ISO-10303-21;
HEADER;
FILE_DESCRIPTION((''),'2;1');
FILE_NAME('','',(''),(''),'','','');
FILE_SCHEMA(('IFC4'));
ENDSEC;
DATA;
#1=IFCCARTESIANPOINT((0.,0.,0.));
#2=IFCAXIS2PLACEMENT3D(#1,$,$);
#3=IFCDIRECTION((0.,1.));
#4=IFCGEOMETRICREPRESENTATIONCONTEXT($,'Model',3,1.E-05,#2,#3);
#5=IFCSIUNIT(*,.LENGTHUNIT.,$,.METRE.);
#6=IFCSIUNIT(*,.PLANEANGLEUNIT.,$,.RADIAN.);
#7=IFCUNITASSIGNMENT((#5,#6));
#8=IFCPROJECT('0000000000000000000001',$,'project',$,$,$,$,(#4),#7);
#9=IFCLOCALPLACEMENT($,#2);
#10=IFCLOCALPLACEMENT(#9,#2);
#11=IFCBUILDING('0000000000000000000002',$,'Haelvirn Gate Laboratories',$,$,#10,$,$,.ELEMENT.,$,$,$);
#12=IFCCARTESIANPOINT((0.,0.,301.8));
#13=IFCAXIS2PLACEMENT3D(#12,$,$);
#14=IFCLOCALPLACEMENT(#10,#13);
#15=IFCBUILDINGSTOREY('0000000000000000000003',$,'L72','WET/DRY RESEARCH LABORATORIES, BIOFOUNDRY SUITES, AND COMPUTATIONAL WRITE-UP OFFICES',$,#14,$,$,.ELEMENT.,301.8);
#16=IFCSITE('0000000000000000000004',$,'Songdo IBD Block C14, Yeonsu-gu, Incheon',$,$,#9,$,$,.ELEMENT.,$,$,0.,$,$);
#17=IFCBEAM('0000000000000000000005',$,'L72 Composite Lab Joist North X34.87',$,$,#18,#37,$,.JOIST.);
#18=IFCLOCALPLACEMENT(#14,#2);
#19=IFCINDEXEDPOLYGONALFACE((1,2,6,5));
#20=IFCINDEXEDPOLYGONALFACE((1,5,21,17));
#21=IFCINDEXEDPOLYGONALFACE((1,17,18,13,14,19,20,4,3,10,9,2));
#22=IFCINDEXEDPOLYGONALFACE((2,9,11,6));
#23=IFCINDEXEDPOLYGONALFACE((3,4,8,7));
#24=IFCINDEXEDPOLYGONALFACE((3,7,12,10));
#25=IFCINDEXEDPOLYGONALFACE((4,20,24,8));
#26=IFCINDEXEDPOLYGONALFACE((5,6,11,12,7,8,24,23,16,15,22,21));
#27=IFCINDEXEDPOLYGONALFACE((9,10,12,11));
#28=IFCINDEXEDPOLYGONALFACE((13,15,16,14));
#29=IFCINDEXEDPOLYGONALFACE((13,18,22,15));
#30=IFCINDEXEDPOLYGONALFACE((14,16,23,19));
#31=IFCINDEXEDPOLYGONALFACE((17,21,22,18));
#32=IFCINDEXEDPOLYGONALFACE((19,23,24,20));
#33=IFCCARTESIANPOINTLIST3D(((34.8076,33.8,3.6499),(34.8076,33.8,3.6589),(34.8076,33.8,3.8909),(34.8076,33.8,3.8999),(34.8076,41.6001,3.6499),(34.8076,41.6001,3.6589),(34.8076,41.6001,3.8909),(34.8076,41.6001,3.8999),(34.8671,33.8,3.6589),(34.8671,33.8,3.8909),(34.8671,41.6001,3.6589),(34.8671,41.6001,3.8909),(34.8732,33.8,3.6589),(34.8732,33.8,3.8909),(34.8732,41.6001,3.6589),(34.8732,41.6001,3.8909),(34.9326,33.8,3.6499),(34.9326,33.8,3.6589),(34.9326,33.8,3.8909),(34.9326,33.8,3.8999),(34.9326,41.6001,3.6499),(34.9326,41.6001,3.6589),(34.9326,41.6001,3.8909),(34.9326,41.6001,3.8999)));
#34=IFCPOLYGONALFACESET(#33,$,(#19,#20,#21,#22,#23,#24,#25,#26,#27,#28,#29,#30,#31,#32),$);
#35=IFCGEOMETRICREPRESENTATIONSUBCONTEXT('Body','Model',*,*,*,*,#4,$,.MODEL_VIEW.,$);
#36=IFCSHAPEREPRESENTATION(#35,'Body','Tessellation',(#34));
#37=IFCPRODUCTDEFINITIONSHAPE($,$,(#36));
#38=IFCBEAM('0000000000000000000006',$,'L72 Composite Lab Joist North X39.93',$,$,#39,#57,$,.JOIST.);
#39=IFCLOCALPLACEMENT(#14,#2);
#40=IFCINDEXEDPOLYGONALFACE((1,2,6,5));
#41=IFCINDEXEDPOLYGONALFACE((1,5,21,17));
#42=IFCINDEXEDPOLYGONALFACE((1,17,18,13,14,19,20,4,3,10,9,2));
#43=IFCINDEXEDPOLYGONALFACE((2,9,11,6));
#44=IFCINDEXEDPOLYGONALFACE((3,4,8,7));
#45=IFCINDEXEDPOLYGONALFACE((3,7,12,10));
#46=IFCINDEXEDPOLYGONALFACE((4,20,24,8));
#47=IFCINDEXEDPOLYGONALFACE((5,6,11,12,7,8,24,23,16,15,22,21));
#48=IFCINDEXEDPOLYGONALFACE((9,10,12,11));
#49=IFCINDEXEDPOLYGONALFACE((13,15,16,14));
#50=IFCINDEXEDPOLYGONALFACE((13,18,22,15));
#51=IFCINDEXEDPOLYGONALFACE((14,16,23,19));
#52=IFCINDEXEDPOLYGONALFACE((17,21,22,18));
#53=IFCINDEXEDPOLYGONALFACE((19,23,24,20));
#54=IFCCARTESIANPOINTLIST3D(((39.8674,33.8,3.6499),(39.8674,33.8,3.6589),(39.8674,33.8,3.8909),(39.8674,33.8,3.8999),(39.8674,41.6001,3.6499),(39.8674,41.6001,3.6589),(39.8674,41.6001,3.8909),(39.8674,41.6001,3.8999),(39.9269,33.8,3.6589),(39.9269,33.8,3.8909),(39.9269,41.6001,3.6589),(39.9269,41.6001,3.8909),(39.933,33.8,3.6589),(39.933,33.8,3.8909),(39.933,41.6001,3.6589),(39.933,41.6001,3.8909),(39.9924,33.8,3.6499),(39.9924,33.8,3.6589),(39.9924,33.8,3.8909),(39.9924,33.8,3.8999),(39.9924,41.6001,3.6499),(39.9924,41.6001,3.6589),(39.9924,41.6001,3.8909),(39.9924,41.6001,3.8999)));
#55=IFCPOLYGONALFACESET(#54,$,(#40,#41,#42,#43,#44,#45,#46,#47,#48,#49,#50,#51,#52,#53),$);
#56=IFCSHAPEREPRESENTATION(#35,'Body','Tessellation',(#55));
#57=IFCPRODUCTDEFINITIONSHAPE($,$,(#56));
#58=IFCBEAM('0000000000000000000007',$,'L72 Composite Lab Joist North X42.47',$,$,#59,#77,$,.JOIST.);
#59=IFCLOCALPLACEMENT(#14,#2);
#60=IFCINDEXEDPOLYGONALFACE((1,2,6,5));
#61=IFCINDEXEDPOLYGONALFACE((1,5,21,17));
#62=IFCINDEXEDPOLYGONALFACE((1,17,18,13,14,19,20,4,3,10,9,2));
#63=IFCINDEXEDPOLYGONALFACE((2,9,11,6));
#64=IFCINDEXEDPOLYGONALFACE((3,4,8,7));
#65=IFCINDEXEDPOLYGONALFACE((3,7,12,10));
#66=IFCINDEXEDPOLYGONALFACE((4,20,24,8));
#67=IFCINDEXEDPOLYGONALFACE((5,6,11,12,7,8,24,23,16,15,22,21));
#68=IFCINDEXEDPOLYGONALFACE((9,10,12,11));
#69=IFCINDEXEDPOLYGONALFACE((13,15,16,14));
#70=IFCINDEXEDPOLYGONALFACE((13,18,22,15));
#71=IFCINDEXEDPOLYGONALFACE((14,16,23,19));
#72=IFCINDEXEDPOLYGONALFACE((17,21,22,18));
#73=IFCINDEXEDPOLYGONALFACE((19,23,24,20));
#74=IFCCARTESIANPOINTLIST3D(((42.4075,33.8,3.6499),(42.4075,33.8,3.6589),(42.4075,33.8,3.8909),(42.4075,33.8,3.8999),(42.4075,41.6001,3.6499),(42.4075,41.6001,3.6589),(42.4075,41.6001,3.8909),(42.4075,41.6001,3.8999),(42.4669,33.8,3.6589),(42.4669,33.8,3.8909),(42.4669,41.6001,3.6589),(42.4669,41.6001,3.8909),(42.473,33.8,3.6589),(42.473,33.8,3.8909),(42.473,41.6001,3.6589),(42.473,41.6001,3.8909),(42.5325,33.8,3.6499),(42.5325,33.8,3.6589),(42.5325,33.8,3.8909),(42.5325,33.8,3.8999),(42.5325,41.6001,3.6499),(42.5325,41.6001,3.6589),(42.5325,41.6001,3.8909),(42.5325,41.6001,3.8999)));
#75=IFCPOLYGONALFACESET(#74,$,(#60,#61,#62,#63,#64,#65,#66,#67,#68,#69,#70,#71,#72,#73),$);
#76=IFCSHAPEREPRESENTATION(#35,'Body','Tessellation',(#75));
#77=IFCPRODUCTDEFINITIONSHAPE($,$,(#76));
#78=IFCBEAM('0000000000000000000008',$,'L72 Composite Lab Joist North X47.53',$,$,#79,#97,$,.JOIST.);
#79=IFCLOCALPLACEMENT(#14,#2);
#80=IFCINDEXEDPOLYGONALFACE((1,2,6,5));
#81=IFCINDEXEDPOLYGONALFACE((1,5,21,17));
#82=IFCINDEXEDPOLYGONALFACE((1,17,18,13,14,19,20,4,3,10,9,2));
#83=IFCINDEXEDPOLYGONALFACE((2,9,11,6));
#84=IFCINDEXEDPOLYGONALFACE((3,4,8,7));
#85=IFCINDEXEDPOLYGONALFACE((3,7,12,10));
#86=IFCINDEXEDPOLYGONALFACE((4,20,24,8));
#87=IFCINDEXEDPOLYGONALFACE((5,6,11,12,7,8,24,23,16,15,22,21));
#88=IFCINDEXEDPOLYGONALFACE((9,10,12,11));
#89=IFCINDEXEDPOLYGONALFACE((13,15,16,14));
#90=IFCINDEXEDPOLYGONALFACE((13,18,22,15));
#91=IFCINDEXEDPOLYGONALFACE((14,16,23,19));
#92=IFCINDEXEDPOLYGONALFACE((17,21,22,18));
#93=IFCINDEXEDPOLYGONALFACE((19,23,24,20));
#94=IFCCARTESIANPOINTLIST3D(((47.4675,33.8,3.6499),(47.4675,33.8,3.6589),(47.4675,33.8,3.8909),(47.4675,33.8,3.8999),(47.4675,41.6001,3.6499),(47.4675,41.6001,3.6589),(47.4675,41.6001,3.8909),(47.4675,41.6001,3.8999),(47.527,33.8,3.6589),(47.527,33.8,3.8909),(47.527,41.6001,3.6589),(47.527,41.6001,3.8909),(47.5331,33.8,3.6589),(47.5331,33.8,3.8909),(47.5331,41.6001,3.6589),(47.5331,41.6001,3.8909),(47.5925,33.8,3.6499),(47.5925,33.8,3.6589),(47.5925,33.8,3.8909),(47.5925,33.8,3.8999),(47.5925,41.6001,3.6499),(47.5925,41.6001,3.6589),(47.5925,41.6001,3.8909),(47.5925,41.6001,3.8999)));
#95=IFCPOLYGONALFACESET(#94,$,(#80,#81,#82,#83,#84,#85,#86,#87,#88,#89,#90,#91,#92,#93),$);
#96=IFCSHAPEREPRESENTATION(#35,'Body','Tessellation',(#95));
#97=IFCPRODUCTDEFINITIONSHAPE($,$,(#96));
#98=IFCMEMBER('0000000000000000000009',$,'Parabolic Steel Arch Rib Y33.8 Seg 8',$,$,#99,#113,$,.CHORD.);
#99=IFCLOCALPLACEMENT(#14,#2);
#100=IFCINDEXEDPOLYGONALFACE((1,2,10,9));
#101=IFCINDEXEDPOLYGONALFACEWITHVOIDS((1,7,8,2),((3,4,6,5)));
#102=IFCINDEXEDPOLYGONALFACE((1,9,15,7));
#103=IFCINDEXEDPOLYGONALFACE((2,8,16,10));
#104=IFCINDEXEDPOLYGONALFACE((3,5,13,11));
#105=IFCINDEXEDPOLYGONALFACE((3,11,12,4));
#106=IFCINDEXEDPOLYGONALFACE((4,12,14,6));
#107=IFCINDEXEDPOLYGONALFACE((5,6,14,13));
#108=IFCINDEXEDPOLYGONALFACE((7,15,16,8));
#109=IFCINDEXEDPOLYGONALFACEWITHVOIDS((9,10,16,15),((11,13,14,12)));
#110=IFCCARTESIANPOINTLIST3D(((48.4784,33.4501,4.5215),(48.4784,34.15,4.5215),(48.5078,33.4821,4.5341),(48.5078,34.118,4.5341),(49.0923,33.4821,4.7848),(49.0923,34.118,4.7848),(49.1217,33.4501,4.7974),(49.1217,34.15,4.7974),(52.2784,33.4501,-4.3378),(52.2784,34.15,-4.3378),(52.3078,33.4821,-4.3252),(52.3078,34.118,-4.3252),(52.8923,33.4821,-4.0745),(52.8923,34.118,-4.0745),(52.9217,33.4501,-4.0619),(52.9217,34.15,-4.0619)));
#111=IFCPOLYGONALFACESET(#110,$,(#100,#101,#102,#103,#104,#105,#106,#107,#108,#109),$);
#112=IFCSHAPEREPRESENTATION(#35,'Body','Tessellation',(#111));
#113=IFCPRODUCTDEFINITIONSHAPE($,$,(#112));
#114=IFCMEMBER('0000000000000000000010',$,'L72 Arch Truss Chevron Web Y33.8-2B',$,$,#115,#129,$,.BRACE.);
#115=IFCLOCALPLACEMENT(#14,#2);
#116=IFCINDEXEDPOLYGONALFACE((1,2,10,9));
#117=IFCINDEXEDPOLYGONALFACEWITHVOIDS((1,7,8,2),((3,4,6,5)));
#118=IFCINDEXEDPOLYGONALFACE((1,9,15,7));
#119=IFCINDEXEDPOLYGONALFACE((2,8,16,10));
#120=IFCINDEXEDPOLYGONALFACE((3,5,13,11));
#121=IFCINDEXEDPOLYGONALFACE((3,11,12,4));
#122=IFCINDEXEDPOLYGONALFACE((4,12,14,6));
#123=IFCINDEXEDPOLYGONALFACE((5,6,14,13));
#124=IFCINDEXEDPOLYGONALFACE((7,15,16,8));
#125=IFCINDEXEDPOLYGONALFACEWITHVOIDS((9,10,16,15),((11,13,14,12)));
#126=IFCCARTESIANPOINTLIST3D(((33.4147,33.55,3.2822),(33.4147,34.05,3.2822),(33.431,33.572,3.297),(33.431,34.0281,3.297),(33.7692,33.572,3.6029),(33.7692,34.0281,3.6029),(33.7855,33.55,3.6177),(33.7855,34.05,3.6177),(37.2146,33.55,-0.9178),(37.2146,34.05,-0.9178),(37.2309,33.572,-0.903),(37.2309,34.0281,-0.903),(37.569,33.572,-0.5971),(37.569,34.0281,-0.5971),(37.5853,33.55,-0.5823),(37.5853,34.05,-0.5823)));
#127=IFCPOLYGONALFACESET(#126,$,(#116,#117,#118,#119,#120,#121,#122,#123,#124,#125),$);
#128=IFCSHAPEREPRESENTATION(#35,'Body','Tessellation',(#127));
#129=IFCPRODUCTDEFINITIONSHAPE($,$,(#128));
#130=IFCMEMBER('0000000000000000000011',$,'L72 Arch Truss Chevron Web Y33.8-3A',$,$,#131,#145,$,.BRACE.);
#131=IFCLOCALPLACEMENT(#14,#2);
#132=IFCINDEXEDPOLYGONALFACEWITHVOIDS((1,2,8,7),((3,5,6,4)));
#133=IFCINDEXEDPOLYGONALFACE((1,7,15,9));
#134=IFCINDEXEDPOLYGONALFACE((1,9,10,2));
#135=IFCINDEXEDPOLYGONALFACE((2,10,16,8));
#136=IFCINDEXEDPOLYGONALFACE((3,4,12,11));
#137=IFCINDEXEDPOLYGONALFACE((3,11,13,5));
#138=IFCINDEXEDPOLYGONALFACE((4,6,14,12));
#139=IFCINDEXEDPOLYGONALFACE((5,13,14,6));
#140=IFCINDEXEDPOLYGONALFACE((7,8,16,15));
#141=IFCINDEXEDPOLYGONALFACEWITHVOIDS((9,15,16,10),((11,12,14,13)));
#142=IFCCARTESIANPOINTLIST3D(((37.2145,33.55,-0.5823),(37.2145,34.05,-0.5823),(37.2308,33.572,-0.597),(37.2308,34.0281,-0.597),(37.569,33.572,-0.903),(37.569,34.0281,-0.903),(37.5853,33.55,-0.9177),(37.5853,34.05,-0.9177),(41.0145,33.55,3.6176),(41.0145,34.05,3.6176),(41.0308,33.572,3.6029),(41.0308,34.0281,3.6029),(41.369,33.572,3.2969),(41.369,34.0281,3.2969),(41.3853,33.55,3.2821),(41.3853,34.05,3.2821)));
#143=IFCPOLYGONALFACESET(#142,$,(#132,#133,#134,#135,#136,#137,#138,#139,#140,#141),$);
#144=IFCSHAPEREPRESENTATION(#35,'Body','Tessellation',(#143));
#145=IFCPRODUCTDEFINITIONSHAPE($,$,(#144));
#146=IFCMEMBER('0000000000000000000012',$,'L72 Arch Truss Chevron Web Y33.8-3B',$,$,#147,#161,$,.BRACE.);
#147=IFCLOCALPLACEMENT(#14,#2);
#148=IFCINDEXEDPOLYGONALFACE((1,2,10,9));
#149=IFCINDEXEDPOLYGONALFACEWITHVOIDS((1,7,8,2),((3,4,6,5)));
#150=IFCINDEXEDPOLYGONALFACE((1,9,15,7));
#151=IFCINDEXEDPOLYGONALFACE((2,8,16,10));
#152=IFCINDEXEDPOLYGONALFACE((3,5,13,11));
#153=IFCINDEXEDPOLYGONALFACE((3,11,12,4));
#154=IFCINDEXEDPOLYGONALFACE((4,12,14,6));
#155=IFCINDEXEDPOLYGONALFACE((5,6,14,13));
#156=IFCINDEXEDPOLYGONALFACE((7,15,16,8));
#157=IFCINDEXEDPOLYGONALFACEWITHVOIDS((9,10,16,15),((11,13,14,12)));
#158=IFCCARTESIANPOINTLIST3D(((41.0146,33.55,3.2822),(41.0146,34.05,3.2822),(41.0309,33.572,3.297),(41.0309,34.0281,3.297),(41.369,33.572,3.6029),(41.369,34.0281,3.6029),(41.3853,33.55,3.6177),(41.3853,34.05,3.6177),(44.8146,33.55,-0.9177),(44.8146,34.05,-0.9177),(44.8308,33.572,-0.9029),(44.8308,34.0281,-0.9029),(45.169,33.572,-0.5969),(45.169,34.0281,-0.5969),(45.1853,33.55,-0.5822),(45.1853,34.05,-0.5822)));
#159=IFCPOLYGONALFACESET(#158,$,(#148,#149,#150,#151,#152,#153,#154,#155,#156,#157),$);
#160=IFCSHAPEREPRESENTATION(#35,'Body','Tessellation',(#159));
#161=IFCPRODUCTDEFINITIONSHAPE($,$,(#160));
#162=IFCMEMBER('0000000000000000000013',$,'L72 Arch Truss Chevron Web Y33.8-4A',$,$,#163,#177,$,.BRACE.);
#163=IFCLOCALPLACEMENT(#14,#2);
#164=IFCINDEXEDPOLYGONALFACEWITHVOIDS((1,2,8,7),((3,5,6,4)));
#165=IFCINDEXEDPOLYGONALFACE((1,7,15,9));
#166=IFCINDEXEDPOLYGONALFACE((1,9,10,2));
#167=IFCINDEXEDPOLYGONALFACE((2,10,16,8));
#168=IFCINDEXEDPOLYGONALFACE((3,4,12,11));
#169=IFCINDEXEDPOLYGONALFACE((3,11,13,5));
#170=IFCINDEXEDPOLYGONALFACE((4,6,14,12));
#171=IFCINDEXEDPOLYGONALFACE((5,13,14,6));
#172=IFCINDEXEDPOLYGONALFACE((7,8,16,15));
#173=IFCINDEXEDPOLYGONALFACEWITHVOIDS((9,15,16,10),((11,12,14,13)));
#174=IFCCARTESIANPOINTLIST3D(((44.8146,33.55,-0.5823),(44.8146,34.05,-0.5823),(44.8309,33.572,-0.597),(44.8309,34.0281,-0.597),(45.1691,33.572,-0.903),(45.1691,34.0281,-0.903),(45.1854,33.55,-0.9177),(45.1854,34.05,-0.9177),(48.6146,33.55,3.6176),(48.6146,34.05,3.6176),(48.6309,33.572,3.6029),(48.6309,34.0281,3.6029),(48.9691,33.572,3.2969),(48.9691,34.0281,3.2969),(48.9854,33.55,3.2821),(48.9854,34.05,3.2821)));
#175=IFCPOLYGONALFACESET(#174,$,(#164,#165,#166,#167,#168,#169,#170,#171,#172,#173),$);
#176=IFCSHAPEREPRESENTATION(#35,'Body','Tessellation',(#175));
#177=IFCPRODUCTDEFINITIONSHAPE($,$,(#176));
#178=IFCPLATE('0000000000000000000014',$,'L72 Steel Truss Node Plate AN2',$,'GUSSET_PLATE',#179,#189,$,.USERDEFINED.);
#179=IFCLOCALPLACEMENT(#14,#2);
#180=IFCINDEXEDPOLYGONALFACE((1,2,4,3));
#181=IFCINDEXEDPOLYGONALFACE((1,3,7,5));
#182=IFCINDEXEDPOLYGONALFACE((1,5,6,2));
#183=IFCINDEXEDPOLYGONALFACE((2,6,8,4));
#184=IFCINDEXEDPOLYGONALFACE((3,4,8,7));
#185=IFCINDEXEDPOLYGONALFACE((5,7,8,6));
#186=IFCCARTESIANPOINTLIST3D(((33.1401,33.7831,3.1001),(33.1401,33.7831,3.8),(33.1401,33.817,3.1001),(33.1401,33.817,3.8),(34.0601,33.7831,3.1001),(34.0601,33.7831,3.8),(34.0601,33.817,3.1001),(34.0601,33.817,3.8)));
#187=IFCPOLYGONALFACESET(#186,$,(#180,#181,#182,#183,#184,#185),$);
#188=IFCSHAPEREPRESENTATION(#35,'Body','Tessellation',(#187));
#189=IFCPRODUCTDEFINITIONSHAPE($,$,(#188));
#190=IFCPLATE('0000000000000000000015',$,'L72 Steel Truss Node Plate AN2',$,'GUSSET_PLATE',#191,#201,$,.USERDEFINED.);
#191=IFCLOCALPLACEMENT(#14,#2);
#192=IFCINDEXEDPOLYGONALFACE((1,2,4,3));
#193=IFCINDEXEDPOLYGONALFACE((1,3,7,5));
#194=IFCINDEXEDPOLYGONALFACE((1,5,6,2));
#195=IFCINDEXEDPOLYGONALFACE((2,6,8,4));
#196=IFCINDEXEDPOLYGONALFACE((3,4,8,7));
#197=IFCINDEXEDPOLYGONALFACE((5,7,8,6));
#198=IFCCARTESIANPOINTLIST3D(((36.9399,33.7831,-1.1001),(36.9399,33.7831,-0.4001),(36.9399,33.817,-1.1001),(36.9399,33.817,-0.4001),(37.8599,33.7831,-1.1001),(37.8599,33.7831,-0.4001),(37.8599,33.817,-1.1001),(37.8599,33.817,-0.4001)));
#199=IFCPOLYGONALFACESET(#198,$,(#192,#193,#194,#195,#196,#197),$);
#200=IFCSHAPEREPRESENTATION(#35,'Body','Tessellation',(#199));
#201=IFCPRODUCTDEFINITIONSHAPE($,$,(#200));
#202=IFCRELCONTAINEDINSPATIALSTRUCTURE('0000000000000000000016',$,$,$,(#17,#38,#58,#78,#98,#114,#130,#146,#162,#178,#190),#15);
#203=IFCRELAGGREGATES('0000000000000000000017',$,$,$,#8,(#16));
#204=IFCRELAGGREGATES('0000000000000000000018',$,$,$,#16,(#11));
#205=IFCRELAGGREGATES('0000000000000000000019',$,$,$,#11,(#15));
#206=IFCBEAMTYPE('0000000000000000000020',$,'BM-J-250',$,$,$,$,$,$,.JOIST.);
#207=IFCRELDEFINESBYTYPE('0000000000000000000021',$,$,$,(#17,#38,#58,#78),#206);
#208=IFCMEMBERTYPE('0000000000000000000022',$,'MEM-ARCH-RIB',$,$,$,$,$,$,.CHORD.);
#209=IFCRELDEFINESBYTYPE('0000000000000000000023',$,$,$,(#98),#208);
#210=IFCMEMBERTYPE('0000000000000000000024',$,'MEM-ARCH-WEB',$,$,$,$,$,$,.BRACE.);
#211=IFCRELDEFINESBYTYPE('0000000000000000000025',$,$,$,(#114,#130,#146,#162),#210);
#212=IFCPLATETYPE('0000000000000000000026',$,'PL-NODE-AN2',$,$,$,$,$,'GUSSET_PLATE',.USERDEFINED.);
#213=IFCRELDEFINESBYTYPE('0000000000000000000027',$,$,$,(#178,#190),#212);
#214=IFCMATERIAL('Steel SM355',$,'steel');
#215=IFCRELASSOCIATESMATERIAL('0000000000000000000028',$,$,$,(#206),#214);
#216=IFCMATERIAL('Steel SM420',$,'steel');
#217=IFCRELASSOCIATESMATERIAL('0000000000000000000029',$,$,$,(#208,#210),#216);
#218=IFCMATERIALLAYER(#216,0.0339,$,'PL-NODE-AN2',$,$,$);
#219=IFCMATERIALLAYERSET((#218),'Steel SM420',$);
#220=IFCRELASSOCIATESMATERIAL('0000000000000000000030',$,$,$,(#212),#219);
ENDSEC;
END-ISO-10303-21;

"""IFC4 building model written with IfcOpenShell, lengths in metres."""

from ifc_helpers import new_model, si_unit, direction, frame, origin, origin_2d, place, context, subcontext, project, spatial, rectangle, hollow_rectangle, i_section, extrude, source, transform, mapped, material, layer, layer_set, material_profile, profile_set, type_object, type_shapes, element, save


model = new_model("IFC4")

# Units and contexts
model_context = context("Model", 3, precision=1e-05, world=origin(), true_north=direction((0.0, 1.0)))
body_context = subcontext(model_context, "Body", "Model", "MODEL_VIEW")
ifc_project = project(units=[si_unit("LENGTHUNIT", "METRE"), si_unit("PLANEANGLEUNIT", "RADIAN")], contexts=[model_context])

# Site, building, storey
site_placement = place(None, origin())
site = spatial("IfcSite", under=ifc_project, at=site_placement, Name="Songdo IBD Block C14, Yeonsu-gu, Incheon", CompositionType="ELEMENT", RefElevation=0.0)
building_placement = place(site_placement, origin())
building = spatial("IfcBuilding", under=site, at=building_placement, Name="Haelvirn Gate Laboratories", CompositionType="ELEMENT")
storey_placement = place(building_placement, frame((0.0, 0.0, 301.8)))
storey = spatial("IfcBuildingStorey", under=building, at=storey_placement, Name="L72", Description="WET/DRY RESEARCH LABORATORIES, BIOFOUNDRY SUITES, AND COMPUTATIONAL WRITE-UP OFFICES", CompositionType="ELEMENT", Elevation=301.8)

# Shared definitions
ifc_material_1 = material(Name="Steel SM355", Category="steel")

# Beams
ifc_material_2 = material(Name="Steel SM420", Category="steel")
ifc_material_profile_1 = material_profile(ifc_material_1, i_section(OverallWidth=0.125, OverallDepth=0.25, WebThickness=0.0061, FlangeThickness=0.009, at=origin_2d()), Name="H-250x125x6x9")
ifc_profile_set_1 = profile_set([ifc_material_profile_1], Name="Steel SM355")
beam_type_1 = type_object("IfcBeamType", Name="BM-J-250", PredefinedType="JOIST", material=ifc_profile_set_1)
shared_shape_1 = source(origin(), body_context, "Body", "SweptSolid", [
    extrude(i_section(OverallWidth=0.125, OverallDepth=0.25, WebThickness=0.0061, FlangeThickness=0.009, at=origin_2d()), origin(), (0.0, 0.0, 1.0), 7.8),
])
type_shapes(beam_type_1, [shared_shape_1])
for number, where, z_axis, x_axis, name in (
    (1, (34.8701, 33.8, 3.7749), (0.0, 1.0, 0.0), (-1.0, 0.0, 0.0), "L72 Composite Lab Joist North X34.87"),
    (2, (39.9299, 33.8, 3.7749), (0.0, 1.0, 0.0), (-1.0, 0.0, 0.0), "L72 Composite Lab Joist North X39.93"),
    (3, (42.47, 33.8, 3.7749), (0.0, 1.0, 0.0), (-1.0, 0.0, 0.0), "L72 Composite Lab Joist North X42.47"),
    (4, (47.53, 33.8, 3.7749), (0.0, 1.0, 0.0), (-1.0, 0.0, 0.0), "L72 Composite Lab Joist North X47.53"),
):
    element("IfcBeam", number, at=place(storey_placement, frame(where, z_axis=z_axis, x_axis=x_axis)), inside=storey, type_object=beam_type_1, Name=name, PredefinedType="JOIST", context=body_context, shape_type="MappedRepresentation", body=[
        mapped(shared_shape_1, transform((0.0, 0.0, 0.0), scale=1.0)),
    ])

# Members
ifc_material_profile_2 = material_profile(ifc_material_2, hollow_rectangle(XDim=0.7, YDim=0.7, WallThickness=0.032, at=origin_2d()), Name="BOX-700x700x32")
ifc_profile_set_2 = profile_set([ifc_material_profile_2], Name="Steel SM420")
member_type_1 = type_object("IfcMemberType", Name="MEM-ARCH-RIB", PredefinedType="CHORD", material=ifc_profile_set_2)
shared_shape_2 = source(origin(), body_context, "Body", "SweptSolid", [
    extrude(hollow_rectangle(XDim=0.7, YDim=0.7, WallThickness=0.032, at=origin_2d()), origin(), (0.0, 0.0, 1.0), 9.6399),
])
type_shapes(member_type_1, [shared_shape_2])
member_placement = place(storey_placement, frame((48.8, 33.8, 4.6594), z_axis=(0.394197, 0.0, -0.919026), x_axis=(0.0, 1.0, 0.0)))
element("IfcMember", 5, at=member_placement, inside=storey, type_object=member_type_1, Name="Parabolic Steel Arch Rib Y33.8 Seg 8", PredefinedType="CHORD", context=body_context, shape_type="MappedRepresentation", body=[
    mapped(shared_shape_2, transform((0.0, 0.0, 0.0), scale=1.0)),
])
ifc_material_profile_3 = material_profile(ifc_material_2, hollow_rectangle(XDim=0.5, YDim=0.5, WallThickness=0.022, at=origin_2d()), Name="BOX-500x500x22")
ifc_profile_set_3 = profile_set([ifc_material_profile_3], Name="Steel SM420")
member_type_2 = type_object("IfcMemberType", Name="MEM-ARCH-WEB", PredefinedType="BRACE", material=ifc_profile_set_3)
shared_shape_3 = source(origin(), body_context, "Body", "SweptSolid", [
    extrude(hollow_rectangle(XDim=0.5, YDim=0.5, WallThickness=0.022, at=origin_2d()), origin(), (0.0, 0.0, 1.0), 5.6638),
])
type_shapes(member_type_2, [shared_shape_3])
for number, where, z_axis, x_axis, name in (
    (6, (33.6001, 33.8, 3.45), (0.670899, 0.0, -0.741549), (0.0, 1.0, 0.0), "L72 Arch Truss Chevron Web Y33.8-2B"),
    (7, (37.3999, 33.8, -0.75), (0.670922, 0.0, 0.741528), (0.0, 1.0, 0.0), "L72 Arch Truss Chevron Web Y33.8-3A"),
    (8, (41.2, 33.8, 3.45), (0.670922, 0.0, -0.741528), (0.0, 1.0, 0.0), "L72 Arch Truss Chevron Web Y33.8-3B"),
    (9, (45.0, 33.8, -0.75), (0.670922, 0.0, 0.741528), (0.0, 1.0, 0.0), "L72 Arch Truss Chevron Web Y33.8-4A"),
):
    element("IfcMember", number, at=place(storey_placement, frame(where, z_axis=z_axis, x_axis=x_axis)), inside=storey, type_object=member_type_2, Name=name, PredefinedType="BRACE", context=body_context, shape_type="MappedRepresentation", body=[
        mapped(shared_shape_3, transform((0.0, 0.0, 0.0), scale=1.0)),
    ])

# Plates
ifc_layer = layer(ifc_material_2, 0.0339, Name="PL-NODE-AN2")
ifc_layer_set = layer_set([ifc_layer], Name="Steel SM420")
plate_type = type_object("IfcPlateType", Name="PL-NODE-AN2", ElementType="GUSSET_PLATE", PredefinedType="USERDEFINED", material=ifc_layer_set)
shared_shape_4 = source(origin(), body_context, "Body", "SweptSolid", [
    extrude(rectangle(XDim=0.9199, YDim=0.0339, at=origin_2d()), origin(), (0.0, 0.0, 1.0), 0.7),
])
type_shapes(plate_type, [shared_shape_4])
for number, where, z_axis, x_axis, name in (
    (10, (33.6001, 33.8, 3.1001), (0.0, 0.0, 1.0), (1.0, 0.0, 0.0), "L72 Steel Truss Node Plate AN2"),
    (11, (37.3999, 33.8, -1.1001), (0.0, 0.0, 1.0), (1.0, 0.0, 0.0), "L72 Steel Truss Node Plate AN2"),
):
    element("IfcPlate", number, at=place(storey_placement, frame(where, z_axis=z_axis, x_axis=x_axis)), inside=storey, type_object=plate_type, Name=name, ObjectType="GUSSET_PLATE", PredefinedType="USERDEFINED", context=body_context, shape_type="MappedRepresentation", body=[
        mapped(shared_shape_4, transform((0.0, 0.0, 0.0), scale=1.0)),
    ])

save(model, "model.ifc")
